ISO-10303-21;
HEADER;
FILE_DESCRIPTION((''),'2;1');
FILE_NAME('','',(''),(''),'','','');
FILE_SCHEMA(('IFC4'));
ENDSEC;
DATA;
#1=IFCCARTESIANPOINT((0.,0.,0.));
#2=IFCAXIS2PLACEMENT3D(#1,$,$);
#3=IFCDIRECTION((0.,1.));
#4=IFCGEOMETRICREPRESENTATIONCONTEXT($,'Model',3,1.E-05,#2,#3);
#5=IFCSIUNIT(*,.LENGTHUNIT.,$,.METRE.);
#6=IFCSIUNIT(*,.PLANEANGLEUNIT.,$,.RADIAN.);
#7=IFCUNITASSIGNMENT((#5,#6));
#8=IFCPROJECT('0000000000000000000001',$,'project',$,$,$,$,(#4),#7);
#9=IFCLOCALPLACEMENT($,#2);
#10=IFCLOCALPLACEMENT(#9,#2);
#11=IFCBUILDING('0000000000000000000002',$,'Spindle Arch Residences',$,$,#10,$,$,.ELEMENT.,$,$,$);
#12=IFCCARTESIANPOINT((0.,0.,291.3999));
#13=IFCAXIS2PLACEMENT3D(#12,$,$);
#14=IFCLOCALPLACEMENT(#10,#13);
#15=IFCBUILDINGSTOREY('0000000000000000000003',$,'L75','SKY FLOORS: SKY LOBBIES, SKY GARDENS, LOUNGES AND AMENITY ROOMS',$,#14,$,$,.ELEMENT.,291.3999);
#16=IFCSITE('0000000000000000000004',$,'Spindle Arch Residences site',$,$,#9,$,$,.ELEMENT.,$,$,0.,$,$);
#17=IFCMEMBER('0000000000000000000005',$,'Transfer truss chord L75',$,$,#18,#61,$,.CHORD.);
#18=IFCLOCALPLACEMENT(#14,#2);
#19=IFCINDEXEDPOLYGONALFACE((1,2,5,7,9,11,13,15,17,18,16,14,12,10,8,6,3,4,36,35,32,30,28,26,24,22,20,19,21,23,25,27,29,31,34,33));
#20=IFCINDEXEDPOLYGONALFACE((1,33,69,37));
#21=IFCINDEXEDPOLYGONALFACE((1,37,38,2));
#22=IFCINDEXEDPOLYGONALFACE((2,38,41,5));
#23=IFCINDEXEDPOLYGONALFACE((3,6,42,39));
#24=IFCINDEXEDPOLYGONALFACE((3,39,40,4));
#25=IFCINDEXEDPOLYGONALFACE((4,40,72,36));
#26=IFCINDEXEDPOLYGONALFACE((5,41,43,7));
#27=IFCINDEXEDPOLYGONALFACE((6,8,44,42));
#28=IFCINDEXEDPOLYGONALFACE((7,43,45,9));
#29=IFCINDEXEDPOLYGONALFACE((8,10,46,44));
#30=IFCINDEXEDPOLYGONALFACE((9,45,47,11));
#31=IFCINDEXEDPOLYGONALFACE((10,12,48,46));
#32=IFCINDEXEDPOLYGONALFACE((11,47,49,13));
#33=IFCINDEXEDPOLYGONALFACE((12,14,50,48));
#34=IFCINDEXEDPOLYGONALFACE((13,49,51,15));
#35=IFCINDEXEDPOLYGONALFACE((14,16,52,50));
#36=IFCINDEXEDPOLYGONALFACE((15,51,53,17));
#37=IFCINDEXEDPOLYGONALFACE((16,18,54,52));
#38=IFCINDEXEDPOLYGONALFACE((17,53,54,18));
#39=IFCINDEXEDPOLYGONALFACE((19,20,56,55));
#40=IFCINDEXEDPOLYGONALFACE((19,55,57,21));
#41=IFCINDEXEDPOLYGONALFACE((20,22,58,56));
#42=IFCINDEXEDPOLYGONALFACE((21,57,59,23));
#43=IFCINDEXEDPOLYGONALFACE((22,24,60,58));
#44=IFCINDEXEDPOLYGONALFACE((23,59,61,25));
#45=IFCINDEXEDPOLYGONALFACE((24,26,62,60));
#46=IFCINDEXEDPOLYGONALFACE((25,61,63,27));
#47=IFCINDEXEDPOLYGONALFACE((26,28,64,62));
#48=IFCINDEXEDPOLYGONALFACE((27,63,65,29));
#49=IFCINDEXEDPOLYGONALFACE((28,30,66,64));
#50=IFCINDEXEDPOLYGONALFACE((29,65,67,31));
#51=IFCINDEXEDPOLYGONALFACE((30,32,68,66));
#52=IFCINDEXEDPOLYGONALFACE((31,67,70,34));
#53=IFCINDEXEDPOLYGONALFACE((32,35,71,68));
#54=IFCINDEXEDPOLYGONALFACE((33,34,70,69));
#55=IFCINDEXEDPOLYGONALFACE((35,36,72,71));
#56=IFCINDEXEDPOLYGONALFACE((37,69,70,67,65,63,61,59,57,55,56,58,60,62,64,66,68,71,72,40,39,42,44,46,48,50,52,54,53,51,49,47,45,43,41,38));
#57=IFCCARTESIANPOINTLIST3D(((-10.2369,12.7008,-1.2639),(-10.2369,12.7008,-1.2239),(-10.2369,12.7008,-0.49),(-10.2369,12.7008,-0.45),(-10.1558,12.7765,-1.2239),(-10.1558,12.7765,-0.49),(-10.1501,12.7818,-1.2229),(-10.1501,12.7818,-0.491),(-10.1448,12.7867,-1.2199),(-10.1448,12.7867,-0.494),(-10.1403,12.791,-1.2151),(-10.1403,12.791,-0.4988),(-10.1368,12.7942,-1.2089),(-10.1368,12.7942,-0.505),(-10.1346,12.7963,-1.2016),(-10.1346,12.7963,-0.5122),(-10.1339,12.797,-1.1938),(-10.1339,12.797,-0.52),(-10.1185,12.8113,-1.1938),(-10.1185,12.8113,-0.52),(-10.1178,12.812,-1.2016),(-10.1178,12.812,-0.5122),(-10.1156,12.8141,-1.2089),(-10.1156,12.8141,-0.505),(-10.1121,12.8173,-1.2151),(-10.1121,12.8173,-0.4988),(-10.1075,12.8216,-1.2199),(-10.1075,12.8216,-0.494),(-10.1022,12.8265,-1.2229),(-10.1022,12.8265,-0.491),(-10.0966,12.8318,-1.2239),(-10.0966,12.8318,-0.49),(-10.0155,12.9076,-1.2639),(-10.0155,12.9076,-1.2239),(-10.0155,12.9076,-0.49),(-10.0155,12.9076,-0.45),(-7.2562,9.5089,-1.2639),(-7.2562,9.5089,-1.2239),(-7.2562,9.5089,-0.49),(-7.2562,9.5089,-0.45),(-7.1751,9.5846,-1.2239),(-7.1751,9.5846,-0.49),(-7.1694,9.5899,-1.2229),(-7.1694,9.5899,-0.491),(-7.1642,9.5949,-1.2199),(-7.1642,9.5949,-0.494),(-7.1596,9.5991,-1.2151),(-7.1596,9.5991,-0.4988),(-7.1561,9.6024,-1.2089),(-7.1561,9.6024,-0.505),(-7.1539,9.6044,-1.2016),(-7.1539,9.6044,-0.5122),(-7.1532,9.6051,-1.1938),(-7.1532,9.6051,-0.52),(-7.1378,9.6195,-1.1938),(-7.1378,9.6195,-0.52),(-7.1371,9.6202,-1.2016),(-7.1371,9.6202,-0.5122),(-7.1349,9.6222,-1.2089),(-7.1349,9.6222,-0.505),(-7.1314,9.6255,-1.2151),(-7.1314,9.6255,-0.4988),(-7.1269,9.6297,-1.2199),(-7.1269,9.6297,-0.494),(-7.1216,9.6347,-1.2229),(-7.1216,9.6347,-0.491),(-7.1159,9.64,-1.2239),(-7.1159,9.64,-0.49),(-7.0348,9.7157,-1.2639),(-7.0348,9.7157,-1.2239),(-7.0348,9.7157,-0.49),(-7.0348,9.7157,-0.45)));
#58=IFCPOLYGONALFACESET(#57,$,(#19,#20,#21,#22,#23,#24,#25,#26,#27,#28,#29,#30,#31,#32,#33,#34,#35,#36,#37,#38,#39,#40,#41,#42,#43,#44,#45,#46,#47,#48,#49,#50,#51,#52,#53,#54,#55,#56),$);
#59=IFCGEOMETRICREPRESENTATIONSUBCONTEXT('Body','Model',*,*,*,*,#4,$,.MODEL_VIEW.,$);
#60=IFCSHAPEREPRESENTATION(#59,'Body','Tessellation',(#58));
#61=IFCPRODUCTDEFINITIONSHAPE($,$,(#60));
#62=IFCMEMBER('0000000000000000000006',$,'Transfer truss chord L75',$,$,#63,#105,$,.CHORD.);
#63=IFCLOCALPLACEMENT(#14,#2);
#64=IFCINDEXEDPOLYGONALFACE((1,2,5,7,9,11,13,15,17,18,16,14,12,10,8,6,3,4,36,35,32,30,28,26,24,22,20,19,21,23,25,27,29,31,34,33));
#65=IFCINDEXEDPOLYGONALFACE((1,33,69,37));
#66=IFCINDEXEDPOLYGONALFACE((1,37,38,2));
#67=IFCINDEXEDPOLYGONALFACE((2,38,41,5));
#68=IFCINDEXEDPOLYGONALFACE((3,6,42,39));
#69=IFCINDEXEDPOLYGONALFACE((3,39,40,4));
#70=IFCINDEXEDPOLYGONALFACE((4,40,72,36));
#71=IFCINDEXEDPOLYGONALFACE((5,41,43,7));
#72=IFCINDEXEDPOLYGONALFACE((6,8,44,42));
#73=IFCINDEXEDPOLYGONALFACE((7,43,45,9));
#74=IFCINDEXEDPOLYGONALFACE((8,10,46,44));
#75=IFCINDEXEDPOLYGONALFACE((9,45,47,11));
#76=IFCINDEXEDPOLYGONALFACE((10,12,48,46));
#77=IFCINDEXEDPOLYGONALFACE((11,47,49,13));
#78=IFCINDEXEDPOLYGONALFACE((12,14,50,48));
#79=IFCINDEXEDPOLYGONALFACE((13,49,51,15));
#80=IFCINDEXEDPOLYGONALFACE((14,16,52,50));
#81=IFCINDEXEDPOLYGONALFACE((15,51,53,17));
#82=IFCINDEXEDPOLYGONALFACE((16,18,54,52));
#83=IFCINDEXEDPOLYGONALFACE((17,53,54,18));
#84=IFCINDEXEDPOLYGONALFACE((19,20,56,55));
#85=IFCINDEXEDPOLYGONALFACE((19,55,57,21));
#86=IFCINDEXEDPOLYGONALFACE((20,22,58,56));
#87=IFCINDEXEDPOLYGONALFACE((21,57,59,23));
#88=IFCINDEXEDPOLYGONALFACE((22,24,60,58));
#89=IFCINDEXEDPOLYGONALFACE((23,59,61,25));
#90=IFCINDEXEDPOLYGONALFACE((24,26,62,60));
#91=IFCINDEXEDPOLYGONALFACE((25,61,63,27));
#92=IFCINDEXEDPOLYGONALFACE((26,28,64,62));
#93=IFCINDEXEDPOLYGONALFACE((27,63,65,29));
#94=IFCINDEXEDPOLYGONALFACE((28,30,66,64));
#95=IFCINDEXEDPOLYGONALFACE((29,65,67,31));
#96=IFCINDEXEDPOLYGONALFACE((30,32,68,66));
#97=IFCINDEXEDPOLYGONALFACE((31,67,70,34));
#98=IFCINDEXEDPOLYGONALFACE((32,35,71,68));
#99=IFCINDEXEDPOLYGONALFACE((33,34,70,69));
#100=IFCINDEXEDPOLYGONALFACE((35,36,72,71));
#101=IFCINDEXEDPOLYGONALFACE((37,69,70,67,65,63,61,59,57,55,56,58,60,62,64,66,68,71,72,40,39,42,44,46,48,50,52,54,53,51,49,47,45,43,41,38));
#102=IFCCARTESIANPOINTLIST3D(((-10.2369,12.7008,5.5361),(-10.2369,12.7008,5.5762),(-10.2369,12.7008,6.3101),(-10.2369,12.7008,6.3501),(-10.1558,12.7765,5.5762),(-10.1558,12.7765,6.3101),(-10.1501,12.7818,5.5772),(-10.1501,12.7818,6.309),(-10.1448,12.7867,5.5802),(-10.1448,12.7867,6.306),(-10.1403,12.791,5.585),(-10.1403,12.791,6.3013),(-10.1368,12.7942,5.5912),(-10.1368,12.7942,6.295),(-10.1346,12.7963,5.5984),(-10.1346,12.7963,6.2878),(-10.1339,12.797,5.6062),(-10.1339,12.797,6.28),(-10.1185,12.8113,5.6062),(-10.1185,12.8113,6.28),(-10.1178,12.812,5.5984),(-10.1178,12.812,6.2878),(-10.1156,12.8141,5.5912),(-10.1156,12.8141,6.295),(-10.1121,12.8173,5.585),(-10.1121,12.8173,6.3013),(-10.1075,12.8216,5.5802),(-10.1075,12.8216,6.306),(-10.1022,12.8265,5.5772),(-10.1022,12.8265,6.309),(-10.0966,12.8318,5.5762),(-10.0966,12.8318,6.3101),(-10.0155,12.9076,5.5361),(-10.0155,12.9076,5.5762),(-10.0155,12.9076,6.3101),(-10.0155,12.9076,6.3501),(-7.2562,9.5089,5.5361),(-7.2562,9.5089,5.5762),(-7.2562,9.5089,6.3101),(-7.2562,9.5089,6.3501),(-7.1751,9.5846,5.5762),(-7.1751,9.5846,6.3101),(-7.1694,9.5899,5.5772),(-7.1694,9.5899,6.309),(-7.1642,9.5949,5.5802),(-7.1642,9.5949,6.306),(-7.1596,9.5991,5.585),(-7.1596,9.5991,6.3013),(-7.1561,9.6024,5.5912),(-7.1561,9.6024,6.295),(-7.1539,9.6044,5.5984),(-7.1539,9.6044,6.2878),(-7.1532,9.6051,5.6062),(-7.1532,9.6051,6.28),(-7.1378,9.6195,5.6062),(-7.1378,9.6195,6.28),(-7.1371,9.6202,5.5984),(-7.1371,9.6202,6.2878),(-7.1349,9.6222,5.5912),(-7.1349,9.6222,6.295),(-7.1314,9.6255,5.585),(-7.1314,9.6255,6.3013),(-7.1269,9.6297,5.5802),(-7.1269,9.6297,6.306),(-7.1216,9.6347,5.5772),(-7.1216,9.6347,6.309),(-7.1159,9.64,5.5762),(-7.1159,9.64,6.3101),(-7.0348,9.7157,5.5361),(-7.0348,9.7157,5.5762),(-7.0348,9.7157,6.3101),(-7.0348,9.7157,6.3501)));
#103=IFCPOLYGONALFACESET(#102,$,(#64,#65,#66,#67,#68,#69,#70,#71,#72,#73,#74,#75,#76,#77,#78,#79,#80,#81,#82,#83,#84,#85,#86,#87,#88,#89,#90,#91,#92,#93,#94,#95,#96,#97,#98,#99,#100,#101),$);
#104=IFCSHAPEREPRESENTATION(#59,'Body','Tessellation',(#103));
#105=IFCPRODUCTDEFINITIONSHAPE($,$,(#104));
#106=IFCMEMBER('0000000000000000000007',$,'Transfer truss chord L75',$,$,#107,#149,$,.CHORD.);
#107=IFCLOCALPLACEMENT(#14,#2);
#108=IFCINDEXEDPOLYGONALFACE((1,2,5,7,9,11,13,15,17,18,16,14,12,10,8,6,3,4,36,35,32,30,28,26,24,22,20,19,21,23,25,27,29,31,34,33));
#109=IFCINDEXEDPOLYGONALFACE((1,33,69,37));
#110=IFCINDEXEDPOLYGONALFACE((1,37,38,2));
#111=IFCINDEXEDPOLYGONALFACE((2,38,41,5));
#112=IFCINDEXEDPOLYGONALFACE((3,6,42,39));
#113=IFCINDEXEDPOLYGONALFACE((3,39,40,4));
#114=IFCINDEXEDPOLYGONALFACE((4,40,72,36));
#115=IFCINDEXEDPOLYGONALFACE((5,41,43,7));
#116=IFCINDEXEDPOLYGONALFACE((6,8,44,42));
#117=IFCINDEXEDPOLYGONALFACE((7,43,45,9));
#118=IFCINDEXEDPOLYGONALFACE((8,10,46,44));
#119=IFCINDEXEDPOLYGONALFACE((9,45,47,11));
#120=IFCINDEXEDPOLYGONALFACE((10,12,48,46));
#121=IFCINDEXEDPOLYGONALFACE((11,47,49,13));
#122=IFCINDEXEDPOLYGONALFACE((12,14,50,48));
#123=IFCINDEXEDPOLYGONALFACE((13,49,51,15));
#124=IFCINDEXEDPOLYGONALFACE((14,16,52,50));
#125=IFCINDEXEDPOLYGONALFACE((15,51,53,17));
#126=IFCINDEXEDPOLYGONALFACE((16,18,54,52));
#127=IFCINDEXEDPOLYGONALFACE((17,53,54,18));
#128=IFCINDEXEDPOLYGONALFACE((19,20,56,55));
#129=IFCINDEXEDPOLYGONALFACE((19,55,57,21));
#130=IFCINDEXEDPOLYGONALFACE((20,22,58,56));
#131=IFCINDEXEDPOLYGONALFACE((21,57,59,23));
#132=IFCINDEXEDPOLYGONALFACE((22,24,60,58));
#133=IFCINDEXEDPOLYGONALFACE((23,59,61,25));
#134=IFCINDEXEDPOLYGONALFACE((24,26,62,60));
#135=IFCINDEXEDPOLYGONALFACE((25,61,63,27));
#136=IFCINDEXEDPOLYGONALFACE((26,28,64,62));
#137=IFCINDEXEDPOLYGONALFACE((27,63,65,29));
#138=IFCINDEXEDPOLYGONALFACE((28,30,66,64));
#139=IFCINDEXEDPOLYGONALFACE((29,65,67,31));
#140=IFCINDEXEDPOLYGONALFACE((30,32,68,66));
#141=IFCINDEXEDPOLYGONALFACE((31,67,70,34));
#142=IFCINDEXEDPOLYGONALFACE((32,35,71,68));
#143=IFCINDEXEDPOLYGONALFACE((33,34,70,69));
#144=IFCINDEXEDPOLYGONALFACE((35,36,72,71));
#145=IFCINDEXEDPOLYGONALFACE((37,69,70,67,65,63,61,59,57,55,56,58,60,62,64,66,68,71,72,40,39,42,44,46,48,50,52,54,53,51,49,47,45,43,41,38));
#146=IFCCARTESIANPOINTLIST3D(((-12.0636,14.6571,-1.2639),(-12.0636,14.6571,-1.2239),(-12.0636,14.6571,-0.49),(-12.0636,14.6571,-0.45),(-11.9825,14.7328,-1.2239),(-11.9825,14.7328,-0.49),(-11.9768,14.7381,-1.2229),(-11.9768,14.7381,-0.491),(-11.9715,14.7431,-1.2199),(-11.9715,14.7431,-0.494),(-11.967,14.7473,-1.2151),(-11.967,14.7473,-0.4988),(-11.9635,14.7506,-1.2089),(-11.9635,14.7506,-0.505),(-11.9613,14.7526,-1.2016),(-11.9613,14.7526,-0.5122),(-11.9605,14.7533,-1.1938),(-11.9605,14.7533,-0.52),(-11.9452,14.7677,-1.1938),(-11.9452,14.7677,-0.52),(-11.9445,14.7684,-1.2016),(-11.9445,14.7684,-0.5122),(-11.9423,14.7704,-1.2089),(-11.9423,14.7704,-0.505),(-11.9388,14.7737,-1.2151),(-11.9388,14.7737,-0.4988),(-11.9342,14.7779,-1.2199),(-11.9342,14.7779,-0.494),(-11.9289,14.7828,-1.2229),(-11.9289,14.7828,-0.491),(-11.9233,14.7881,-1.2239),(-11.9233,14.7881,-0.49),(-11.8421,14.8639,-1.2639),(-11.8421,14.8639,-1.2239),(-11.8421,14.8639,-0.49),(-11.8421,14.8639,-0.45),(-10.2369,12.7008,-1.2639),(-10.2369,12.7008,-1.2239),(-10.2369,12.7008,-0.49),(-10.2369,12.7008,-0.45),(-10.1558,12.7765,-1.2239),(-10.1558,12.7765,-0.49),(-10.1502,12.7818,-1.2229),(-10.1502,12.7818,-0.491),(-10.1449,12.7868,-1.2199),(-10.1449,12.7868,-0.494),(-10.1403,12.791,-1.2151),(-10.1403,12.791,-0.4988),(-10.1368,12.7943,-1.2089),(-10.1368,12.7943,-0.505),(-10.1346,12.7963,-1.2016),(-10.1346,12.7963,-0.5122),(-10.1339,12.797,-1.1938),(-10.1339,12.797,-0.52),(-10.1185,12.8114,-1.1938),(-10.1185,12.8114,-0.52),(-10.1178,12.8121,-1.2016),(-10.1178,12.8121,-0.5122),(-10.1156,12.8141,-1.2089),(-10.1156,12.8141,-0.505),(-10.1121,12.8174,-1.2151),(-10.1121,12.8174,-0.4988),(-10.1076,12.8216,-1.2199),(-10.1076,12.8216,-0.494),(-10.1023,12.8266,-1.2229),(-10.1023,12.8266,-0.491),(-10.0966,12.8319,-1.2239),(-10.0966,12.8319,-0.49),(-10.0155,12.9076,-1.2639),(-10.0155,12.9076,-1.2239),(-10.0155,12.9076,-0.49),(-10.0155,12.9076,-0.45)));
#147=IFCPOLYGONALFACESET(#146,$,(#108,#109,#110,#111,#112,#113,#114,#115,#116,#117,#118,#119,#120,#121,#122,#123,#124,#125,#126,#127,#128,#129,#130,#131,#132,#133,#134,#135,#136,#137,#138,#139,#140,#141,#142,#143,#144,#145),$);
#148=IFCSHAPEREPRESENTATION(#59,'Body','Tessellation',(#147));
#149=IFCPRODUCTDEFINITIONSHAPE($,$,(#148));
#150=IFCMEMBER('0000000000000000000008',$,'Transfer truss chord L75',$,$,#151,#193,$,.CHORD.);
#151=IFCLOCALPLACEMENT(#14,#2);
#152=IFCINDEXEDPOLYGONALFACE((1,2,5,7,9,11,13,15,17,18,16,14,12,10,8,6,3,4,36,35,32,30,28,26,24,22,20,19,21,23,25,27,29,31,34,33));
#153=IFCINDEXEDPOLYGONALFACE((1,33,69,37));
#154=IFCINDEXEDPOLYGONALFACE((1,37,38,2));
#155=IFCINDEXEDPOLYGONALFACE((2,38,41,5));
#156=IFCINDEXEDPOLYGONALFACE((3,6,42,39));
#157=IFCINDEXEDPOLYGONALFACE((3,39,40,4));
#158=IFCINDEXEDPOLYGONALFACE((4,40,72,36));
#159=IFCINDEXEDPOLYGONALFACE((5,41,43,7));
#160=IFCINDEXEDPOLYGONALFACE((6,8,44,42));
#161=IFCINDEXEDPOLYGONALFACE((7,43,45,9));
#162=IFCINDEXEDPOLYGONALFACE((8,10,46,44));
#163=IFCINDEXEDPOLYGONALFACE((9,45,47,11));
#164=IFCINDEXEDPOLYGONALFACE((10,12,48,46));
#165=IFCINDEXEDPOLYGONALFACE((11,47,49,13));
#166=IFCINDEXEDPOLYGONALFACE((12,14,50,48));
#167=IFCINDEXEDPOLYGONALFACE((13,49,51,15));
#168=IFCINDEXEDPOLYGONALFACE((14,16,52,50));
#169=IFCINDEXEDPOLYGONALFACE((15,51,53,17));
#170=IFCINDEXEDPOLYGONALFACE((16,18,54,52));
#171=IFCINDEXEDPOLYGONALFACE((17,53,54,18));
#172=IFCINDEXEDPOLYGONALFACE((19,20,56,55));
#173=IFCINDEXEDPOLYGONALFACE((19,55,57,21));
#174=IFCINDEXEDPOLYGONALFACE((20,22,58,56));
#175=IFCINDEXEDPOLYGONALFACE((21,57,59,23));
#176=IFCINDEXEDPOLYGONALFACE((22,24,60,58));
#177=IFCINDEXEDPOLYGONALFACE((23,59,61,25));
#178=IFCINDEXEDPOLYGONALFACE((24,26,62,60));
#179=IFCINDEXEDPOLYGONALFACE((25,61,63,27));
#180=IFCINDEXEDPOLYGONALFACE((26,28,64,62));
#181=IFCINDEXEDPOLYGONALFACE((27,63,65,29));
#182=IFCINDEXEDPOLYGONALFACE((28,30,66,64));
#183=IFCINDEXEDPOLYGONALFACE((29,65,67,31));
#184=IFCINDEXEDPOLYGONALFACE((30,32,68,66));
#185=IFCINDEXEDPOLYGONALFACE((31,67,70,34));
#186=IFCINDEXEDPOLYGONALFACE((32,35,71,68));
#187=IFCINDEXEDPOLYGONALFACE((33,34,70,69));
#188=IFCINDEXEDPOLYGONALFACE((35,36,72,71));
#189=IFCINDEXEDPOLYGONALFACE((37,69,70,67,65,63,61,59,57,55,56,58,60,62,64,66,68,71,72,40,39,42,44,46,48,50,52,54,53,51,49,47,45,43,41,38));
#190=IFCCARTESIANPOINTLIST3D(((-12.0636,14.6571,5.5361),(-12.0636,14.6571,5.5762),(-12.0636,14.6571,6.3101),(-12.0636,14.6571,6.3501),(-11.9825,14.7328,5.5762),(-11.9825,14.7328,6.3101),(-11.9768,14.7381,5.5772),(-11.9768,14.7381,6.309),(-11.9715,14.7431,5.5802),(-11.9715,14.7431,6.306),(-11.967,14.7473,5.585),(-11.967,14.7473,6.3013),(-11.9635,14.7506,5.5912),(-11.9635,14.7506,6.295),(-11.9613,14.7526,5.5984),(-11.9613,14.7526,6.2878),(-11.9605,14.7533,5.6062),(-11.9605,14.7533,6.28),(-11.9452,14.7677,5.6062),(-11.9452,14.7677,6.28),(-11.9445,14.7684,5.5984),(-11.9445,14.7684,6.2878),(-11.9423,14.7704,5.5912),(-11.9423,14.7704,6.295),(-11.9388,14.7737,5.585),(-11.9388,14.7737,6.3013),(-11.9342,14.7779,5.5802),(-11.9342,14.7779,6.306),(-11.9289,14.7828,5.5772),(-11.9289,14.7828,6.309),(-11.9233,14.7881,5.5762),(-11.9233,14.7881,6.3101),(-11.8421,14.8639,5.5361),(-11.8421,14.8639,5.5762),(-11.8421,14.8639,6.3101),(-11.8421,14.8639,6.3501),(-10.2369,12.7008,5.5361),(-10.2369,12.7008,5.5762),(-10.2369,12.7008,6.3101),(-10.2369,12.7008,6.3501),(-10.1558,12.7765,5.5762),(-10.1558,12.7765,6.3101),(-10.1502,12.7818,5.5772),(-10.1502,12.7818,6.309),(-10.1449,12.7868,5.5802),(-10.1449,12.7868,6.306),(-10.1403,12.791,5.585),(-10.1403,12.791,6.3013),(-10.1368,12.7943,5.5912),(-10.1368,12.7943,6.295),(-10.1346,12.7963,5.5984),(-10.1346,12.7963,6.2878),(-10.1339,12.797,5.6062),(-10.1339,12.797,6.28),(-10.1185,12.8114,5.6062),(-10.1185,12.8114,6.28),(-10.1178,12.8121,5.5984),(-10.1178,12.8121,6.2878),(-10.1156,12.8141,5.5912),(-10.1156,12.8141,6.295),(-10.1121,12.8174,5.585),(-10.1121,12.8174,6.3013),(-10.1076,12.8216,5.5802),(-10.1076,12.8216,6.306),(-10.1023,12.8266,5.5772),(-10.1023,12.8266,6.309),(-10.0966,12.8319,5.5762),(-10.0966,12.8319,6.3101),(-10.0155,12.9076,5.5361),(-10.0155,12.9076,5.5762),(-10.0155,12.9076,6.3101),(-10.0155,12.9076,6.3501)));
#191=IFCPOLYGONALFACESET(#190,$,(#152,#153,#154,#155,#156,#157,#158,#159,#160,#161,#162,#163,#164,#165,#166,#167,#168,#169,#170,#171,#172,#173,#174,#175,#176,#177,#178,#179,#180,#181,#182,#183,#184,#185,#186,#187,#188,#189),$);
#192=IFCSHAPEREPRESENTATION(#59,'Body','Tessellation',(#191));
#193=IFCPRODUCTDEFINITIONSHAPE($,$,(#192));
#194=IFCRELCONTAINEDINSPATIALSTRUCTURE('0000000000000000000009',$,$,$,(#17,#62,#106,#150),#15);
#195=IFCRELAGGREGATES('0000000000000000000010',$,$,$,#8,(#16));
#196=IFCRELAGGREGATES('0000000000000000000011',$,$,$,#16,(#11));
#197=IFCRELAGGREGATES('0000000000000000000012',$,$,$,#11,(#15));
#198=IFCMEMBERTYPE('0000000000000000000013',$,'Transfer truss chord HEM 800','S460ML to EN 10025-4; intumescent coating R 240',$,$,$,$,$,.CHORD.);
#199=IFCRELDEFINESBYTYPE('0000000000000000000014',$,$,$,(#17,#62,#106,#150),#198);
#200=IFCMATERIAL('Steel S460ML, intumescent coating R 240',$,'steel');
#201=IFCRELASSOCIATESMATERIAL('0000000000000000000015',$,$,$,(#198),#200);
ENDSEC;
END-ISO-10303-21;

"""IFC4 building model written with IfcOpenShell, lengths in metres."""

from ifc_helpers import new_model, si_unit, direction, frame, origin, origin_2d, place, context, subcontext, project, spatial, i_section, extrude, material, material_profile, profile_set, type_object, element, save


model = new_model("IFC4")

# Units and contexts
model_context = context("Model", 3, precision=1e-05, world=origin(), true_north=direction((0.0, 1.0)))
body_context = subcontext(model_context, "Body", "Model", "MODEL_VIEW")
ifc_project = project(units=[si_unit("LENGTHUNIT", "METRE"), si_unit("PLANEANGLEUNIT", "RADIAN")], contexts=[model_context])

# Site, building, storey
site_placement = place(None, origin())
site = spatial("IfcSite", under=ifc_project, at=site_placement, Name="Spindle Arch Residences site", CompositionType="ELEMENT", RefElevation=0.0)
building_placement = place(site_placement, origin())
building = spatial("IfcBuilding", under=site, at=building_placement, Name="Spindle Arch Residences", CompositionType="ELEMENT")
storey_placement = place(building_placement, frame((0.0, 0.0, 291.3999)))
storey = spatial("IfcBuildingStorey", under=building, at=storey_placement, Name="L75", Description="SKY FLOORS: SKY LOBBIES, SKY GARDENS, LOUNGES AND AMENITY ROOMS", CompositionType="ELEMENT", Elevation=291.3999)

# Members
ifc_material_1 = material(Name="Steel S460ML, intumescent coating R 240", Category="steel")
ifc_material_profile_1 = material_profile(ifc_material_1, i_section(OverallWidth=0.303, OverallDepth=0.814, WebThickness=0.021, FlangeThickness=0.04, FilletRadius=0.03, at=origin_2d()), Name="HEM 800")
ifc_profile_set_1 = profile_set([ifc_material_profile_1], Name="Steel S460ML, intumescent coating R 240")
member_type_1 = type_object("IfcMemberType", Name="Transfer truss chord HEM 800", Description="S460ML to EN 10025-4; intumescent coating R 240", PredefinedType="CHORD", material=ifc_profile_set_1)
for number, where, z_axis, x_axis, name in (
    (1, (-7.1455, 9.6123, -0.8569), (-0.682515, 0.730871, 0.0), (-0.730871, -0.682515, 0.0), "Transfer truss chord L75"),
    (2, (-7.1455, 9.6123, 5.9431), (-0.682515, 0.730871, 0.0), (-0.730871, -0.682515, 0.0), "Transfer truss chord L75"),
):
    element("IfcMember", number, at=place(storey_placement, frame(where, z_axis=z_axis, x_axis=x_axis)), inside=storey, type_object=member_type_1, Name=name, PredefinedType="CHORD", context=body_context, shape_type="SweptSolid", body=[
        extrude(i_section(OverallWidth=0.303, OverallDepth=0.814, WebThickness=0.021, FlangeThickness=0.04, FilletRadius=0.03, at=origin_2d()), origin(), (0.0, 0.0, 1.0), 4.3672),
    ])
for number, where, z_axis, x_axis, name in (
    (3, (-10.1262, 12.8042, -0.8569), (-0.682474, 0.73091, 0.0), (-0.73091, -0.682474, 0.0), "Transfer truss chord L75"),
    (4, (-10.1262, 12.8042, 5.9431), (-0.682474, 0.73091, 0.0), (-0.73091, -0.682474, 0.0), "Transfer truss chord L75"),
):
    element("IfcMember", number, at=place(storey_placement, frame(where, z_axis=z_axis, x_axis=x_axis)), inside=storey, type_object=member_type_1, Name=name, PredefinedType="CHORD", context=body_context, shape_type="SweptSolid", body=[
        extrude(i_section(OverallWidth=0.303, OverallDepth=0.814, WebThickness=0.021, FlangeThickness=0.04, FilletRadius=0.03, at=origin_2d()), origin(), (0.0, 0.0, 1.0), 2.6765),
    ])

save(model, "model.ifc")
